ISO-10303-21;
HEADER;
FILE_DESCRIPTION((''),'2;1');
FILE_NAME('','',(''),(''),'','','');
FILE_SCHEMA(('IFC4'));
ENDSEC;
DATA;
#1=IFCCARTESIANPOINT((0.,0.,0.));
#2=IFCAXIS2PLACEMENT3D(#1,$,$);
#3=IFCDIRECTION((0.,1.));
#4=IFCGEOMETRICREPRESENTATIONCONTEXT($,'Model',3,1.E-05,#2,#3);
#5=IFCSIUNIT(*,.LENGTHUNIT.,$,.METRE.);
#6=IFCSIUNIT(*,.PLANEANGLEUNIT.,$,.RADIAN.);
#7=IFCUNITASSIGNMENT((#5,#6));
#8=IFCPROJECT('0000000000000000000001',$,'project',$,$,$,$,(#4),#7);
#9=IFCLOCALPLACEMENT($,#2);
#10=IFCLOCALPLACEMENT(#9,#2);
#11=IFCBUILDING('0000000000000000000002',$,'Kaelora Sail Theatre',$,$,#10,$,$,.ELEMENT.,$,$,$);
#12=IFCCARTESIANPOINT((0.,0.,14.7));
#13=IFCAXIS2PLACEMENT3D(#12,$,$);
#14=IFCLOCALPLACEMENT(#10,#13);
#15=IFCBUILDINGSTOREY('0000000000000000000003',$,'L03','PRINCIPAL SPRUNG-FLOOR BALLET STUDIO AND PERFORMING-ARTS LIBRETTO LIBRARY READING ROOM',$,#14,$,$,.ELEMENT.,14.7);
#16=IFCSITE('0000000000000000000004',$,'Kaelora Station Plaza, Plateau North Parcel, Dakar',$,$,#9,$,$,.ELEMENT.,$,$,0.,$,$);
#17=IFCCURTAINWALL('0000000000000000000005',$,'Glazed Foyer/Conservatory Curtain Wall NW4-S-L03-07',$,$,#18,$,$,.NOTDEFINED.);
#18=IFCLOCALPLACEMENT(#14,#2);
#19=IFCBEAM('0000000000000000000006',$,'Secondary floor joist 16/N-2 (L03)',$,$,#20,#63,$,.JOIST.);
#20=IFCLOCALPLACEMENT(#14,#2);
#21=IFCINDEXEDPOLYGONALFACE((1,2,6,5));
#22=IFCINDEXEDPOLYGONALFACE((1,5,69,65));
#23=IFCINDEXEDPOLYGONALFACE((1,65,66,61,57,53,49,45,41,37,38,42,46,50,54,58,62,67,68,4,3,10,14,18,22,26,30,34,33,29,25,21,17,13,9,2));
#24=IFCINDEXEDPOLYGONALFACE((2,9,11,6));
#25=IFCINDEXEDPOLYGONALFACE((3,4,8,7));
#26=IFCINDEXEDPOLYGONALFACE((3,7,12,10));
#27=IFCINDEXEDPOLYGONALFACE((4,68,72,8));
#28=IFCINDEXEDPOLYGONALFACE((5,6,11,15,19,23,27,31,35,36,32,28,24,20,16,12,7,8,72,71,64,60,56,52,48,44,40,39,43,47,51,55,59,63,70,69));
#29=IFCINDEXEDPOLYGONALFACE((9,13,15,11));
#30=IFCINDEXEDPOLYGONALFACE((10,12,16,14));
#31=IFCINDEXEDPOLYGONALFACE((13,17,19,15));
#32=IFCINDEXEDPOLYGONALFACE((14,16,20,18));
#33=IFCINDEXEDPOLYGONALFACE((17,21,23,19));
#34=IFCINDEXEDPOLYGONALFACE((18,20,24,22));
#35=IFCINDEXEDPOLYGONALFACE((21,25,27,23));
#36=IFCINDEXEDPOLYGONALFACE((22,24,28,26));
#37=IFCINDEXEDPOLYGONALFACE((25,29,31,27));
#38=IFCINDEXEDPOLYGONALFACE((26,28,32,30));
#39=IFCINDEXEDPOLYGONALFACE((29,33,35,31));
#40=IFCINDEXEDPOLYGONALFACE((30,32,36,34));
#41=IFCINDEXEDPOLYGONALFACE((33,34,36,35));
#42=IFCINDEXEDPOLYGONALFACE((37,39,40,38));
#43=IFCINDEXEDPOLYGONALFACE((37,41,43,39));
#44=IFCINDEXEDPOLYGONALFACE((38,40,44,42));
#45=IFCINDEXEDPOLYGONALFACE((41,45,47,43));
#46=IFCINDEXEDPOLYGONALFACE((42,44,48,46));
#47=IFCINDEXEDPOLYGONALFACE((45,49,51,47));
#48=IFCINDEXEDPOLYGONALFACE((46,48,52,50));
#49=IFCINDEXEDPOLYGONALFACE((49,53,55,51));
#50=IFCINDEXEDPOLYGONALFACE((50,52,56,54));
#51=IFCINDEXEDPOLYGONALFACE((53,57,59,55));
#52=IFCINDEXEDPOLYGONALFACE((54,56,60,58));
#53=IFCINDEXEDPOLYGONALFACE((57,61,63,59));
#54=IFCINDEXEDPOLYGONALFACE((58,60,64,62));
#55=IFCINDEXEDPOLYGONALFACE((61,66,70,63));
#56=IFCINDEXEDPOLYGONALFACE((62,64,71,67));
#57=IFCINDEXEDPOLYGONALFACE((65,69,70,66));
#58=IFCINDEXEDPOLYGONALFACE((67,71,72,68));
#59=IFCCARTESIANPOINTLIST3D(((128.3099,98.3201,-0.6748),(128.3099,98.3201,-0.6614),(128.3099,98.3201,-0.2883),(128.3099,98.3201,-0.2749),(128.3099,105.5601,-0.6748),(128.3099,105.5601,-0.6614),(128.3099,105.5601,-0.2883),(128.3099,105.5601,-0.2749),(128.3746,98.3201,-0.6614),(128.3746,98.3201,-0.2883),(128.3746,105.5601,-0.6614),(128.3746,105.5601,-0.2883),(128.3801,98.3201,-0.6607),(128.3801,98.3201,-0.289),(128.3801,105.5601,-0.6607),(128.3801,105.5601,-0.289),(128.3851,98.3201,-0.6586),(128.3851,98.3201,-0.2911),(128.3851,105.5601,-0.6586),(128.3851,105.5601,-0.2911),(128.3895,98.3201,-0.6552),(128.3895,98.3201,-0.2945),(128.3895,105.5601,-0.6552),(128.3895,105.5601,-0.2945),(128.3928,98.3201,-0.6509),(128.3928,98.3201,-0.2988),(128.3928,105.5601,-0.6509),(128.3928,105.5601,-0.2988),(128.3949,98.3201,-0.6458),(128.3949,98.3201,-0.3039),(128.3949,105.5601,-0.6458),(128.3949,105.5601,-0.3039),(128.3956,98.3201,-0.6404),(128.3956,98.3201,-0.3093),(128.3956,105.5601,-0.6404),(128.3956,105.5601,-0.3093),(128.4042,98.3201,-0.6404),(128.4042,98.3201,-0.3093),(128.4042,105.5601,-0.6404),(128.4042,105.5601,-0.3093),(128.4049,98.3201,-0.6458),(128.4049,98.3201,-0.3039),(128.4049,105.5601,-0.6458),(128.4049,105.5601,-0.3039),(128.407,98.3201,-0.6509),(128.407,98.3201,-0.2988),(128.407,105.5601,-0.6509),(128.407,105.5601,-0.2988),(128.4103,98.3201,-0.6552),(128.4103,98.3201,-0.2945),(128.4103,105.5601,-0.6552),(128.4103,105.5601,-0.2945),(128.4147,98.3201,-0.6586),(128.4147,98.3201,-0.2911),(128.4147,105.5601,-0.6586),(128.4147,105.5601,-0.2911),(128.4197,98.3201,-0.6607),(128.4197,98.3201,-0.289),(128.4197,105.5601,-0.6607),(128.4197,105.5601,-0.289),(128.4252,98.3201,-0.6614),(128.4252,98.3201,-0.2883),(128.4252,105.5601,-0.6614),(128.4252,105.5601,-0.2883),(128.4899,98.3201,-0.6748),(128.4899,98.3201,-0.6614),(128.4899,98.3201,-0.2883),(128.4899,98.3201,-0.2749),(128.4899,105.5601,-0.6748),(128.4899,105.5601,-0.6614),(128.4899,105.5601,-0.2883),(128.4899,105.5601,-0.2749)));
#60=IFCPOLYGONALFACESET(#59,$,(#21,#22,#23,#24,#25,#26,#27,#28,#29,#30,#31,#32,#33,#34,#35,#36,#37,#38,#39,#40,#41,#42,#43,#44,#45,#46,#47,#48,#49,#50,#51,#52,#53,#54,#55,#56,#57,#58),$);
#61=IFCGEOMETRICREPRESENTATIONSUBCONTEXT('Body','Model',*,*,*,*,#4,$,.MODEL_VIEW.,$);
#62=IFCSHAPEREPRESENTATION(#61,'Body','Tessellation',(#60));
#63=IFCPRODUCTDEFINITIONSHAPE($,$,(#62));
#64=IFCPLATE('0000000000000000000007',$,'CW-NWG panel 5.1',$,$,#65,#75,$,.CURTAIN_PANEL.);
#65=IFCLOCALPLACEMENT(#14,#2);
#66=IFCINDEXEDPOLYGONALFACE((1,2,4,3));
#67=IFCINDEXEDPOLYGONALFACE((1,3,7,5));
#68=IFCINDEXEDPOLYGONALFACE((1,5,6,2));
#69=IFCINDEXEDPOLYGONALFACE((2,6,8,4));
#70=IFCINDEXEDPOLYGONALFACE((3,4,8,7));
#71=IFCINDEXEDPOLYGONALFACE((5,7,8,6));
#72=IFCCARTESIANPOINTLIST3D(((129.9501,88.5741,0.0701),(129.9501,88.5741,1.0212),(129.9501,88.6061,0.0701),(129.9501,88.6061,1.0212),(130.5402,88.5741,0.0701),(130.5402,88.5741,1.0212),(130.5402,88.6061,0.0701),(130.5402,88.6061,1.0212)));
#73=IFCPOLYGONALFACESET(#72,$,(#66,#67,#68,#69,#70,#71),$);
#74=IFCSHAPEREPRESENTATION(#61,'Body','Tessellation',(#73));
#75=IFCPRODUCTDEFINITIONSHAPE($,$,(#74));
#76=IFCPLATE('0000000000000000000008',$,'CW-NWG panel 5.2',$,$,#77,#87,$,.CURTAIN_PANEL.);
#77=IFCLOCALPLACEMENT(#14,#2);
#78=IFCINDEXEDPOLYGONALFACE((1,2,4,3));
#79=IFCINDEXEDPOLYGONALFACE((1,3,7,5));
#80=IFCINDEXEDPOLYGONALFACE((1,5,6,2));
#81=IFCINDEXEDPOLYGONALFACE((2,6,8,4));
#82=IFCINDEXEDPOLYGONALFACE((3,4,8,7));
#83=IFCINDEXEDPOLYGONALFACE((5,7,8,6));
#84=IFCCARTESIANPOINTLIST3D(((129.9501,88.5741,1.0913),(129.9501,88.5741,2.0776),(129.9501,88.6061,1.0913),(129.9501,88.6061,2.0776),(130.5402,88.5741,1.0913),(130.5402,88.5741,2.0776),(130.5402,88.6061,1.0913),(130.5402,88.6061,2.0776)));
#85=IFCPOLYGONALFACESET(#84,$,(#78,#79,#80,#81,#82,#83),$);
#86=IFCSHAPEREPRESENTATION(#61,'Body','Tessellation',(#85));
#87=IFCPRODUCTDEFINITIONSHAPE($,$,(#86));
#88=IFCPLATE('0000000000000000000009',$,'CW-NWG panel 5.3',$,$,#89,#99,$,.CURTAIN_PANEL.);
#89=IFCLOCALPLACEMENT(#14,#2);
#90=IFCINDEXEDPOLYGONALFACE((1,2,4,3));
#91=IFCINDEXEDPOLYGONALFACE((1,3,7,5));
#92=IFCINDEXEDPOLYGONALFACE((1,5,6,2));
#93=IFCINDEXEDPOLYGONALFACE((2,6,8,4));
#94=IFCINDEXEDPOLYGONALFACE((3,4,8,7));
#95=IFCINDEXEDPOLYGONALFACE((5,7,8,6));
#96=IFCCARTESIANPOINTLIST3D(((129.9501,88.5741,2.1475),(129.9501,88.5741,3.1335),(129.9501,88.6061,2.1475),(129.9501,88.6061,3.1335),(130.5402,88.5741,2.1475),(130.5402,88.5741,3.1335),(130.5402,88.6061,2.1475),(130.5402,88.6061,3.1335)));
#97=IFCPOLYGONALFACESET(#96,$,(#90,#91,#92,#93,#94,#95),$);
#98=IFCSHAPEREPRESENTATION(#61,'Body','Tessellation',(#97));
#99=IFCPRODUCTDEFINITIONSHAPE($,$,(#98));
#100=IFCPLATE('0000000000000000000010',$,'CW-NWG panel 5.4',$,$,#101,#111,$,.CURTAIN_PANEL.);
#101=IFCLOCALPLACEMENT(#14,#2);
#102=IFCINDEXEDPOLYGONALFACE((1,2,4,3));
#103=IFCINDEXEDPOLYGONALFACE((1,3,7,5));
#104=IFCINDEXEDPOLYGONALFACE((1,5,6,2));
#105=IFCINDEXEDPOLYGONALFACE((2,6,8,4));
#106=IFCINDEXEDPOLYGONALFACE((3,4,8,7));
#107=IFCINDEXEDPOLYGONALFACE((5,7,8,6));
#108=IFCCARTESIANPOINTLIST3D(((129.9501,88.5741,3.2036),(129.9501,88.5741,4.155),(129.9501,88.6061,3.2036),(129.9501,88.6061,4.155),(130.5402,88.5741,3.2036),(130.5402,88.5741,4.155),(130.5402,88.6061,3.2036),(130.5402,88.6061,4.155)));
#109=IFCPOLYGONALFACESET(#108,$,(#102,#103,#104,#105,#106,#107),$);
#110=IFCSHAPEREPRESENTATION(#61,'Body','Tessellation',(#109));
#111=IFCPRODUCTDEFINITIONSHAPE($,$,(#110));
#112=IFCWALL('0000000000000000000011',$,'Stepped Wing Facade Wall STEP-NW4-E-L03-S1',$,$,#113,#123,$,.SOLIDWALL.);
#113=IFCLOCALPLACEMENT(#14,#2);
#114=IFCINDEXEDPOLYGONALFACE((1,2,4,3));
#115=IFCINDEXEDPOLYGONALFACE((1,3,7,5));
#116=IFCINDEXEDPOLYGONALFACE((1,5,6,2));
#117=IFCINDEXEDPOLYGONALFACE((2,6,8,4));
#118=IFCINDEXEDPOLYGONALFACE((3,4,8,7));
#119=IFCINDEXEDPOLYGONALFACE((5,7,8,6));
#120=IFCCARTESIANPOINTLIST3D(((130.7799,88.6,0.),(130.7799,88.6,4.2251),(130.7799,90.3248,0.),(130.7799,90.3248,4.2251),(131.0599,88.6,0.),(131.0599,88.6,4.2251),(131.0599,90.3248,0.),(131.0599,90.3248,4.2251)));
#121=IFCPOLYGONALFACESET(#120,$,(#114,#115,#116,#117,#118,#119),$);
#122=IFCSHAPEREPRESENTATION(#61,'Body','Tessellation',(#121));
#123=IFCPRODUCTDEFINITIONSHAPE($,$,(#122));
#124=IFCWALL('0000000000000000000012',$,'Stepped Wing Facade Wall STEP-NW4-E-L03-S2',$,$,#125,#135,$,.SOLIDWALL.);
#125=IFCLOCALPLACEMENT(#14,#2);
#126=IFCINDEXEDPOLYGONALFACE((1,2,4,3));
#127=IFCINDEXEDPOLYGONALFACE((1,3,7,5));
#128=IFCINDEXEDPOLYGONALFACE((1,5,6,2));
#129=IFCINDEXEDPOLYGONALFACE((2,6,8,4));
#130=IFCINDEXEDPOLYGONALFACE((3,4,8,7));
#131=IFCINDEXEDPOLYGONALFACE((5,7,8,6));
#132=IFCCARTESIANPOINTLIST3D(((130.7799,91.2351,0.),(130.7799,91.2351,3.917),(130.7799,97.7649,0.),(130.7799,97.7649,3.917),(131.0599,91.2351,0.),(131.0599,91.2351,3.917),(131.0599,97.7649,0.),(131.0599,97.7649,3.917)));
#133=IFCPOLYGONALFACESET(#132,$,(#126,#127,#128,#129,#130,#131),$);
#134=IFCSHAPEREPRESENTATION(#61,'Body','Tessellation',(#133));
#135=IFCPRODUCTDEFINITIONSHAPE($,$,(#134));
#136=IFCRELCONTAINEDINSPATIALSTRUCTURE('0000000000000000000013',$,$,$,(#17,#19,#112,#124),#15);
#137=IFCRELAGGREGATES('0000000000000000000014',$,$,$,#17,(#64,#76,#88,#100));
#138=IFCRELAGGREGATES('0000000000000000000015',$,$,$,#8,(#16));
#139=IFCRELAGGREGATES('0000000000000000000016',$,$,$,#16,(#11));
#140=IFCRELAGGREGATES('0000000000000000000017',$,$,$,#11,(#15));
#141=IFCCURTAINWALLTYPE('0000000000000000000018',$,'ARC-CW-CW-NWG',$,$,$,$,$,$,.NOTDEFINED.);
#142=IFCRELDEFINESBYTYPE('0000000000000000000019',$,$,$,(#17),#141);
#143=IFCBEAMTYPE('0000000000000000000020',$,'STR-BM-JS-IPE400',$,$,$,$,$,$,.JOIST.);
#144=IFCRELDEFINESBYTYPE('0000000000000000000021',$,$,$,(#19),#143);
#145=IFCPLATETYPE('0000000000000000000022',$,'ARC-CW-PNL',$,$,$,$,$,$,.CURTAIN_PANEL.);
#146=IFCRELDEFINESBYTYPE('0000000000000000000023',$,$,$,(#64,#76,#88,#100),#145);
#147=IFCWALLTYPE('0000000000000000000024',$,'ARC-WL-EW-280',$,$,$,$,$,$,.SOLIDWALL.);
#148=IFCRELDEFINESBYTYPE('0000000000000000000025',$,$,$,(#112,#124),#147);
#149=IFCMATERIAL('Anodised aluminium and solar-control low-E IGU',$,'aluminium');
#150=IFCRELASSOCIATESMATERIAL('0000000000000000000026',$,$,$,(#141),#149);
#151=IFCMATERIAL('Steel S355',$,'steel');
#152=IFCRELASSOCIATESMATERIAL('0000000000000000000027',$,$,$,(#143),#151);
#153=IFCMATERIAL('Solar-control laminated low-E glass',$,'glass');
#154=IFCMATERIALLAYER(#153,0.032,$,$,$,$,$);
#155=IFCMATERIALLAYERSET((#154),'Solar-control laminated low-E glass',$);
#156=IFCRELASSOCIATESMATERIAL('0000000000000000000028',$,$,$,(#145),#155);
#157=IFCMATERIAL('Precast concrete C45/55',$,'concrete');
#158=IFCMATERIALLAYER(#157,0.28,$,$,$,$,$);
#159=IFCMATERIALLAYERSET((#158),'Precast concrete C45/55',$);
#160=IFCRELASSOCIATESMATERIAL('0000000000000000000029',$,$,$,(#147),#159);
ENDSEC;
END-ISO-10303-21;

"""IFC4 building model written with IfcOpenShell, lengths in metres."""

from ifc_helpers import new_model, si_unit, direction, frame, frame_2d, origin, origin_2d, place, context, subcontext, project, spatial, rectangle, i_section, extrude, material, layer, layer_set, material_profile, profile_set, type_object, element, aggregate, save


model = new_model("IFC4")

# Units and contexts
model_context = context("Model", 3, precision=1e-05, world=origin(), true_north=direction((0.0, 1.0)))
body_context = subcontext(model_context, "Body", "Model", "MODEL_VIEW")
ifc_project = project(units=[si_unit("LENGTHUNIT", "METRE"), si_unit("PLANEANGLEUNIT", "RADIAN")], contexts=[model_context])

# Site, building, storey
site_placement = place(None, origin())
site = spatial("IfcSite", under=ifc_project, at=site_placement, Name="Kaelora Station Plaza, Plateau North Parcel, Dakar", CompositionType="ELEMENT", RefElevation=0.0)
building_placement = place(site_placement, origin())
building = spatial("IfcBuilding", under=site, at=building_placement, Name="Kaelora Sail Theatre", CompositionType="ELEMENT")
storey_placement = place(building_placement, frame((0.0, 0.0, 14.7)))
storey = spatial("IfcBuildingStorey", under=building, at=storey_placement, Name="L03", Description="PRINCIPAL SPRUNG-FLOOR BALLET STUDIO AND PERFORMING-ARTS LIBRETTO LIBRARY READING ROOM", CompositionType="ELEMENT", Elevation=14.7)

# Curtain wall
ifc_material_1 = material(Name="Anodised aluminium and solar-control low-E IGU", Category="aluminium")
curtain_wall_type = type_object("IfcCurtainWallType", Name="ARC-CW-CW-NWG", PredefinedType="NOTDEFINED", material=ifc_material_1)
curtain_wall_placement = place(storey_placement, origin())
curtain_wall = element("IfcCurtainWall", 1, at=curtain_wall_placement, inside=storey, type_object=curtain_wall_type, Name="Glazed Foyer/Conservatory Curtain Wall NW4-S-L03-07", PredefinedType="NOTDEFINED")

# Beam
ifc_material_2 = material(Name="Steel S355", Category="steel")
ifc_material_profile_1 = material_profile(ifc_material_2, i_section(OverallWidth=0.1799, OverallDepth=0.3999, WebThickness=0.0085, FlangeThickness=0.0134, FilletRadius=0.021, at=origin_2d()), Name="IPE 400")
ifc_profile_set_1 = profile_set([ifc_material_profile_1], Name="Steel S355")
beam_type_1 = type_object("IfcBeamType", Name="STR-BM-JS-IPE400", PredefinedType="JOIST", material=ifc_profile_set_1)
beam_1_placement = place(storey_placement, frame((128.3999, 98.3201, -0.4749), z_axis=(0.0, 1.0, 0.0), x_axis=(-1.0, 0.0, 0.0)))
element("IfcBeam", 2, at=beam_1_placement, inside=storey, type_object=beam_type_1, Name="Secondary floor joist 16/N-2 (L03)", PredefinedType="JOIST", context=body_context, shape_type="SweptSolid", body=[
    extrude(i_section(OverallWidth=0.1799, OverallDepth=0.3999, WebThickness=0.0085, FlangeThickness=0.0134, FilletRadius=0.021, at=origin_2d()), origin(), (0.0, 0.0, 1.0), 7.24),
])

# Plates
ifc_material_3 = material(Name="Solar-control laminated low-E glass", Category="glass")
ifc_layer_1 = layer(ifc_material_3, 0.032)
ifc_layer_set_1 = layer_set([ifc_layer_1], Name="Solar-control laminated low-E glass")
plate_type = type_object("IfcPlateType", Name="ARC-CW-PNL", PredefinedType="CURTAIN_PANEL", material=ifc_layer_set_1)
plate_1_placement = place(storey_placement, frame((130.2451, 88.5901, 0.0701), z_axis=(0.0, 0.0, 1.0), x_axis=(1.0, 0.0, 0.0)))
plate_1 = element("IfcPlate", 3, at=plate_1_placement, type_object=plate_type, Name="CW-NWG panel 5.1", PredefinedType="CURTAIN_PANEL", context=body_context, shape_type="SweptSolid", body=[
    extrude(rectangle(XDim=0.5901, YDim=0.032, at=origin_2d()), origin(), (0.0, 0.0, 1.0), 0.9512),
])
plate_2_placement = place(storey_placement, frame((130.2451, 88.5901, 1.0913), z_axis=(0.0, 0.0, 1.0), x_axis=(1.0, 0.0, 0.0)))
plate_2 = element("IfcPlate", 4, at=plate_2_placement, type_object=plate_type, Name="CW-NWG panel 5.2", PredefinedType="CURTAIN_PANEL", context=body_context, shape_type="SweptSolid", body=[
    extrude(rectangle(XDim=0.5901, YDim=0.032, at=origin_2d()), origin(), (0.0, 0.0, 1.0), 0.9863),
])
plate_3_placement = place(storey_placement, frame((130.2451, 88.5901, 2.1475), z_axis=(0.0, 0.0, 1.0), x_axis=(1.0, 0.0, 0.0)))
plate_3 = element("IfcPlate", 5, at=plate_3_placement, type_object=plate_type, Name="CW-NWG panel 5.3", PredefinedType="CURTAIN_PANEL", context=body_context, shape_type="SweptSolid", body=[
    extrude(rectangle(XDim=0.5901, YDim=0.032, at=origin_2d()), origin(), (0.0, 0.0, 1.0), 0.9861),
])
plate_4_placement = place(storey_placement, frame((130.2451, 88.5901, 3.2036), z_axis=(0.0, 0.0, 1.0), x_axis=(1.0, 0.0, 0.0)))
plate_4 = element("IfcPlate", 6, at=plate_4_placement, type_object=plate_type, Name="CW-NWG panel 5.4", PredefinedType="CURTAIN_PANEL", context=body_context, shape_type="SweptSolid", body=[
    extrude(rectangle(XDim=0.5901, YDim=0.032, at=origin_2d()), origin(), (0.0, 0.0, 1.0), 0.9514),
])
aggregate(curtain_wall, [plate_1, plate_2, plate_3, plate_4])

# Walls
ifc_material_4 = material(Name="Precast concrete C45/55", Category="concrete")
ifc_layer_2 = layer(ifc_material_4, 0.28)
ifc_layer_set_2 = layer_set([ifc_layer_2], Name="Precast concrete C45/55")
wall_type = type_object("IfcWallType", Name="ARC-WL-EW-280", PredefinedType="SOLIDWALL", material=ifc_layer_set_2)
wall_1_placement = place(storey_placement, frame((130.9199, 88.6001, 0.0), z_axis=(0.0, 0.0, 1.0), x_axis=(0.0, 1.0, 0.0)))
element("IfcWall", 7, at=wall_1_placement, inside=storey, type_object=wall_type, Name="Stepped Wing Facade Wall STEP-NW4-E-L03-S1", PredefinedType="SOLIDWALL", context=body_context, shape_type="SweptSolid", body=[
    extrude(rectangle(XDim=1.7249, YDim=0.28, at=frame_2d((0.8623, 0.0))), origin(), (0.0, 0.0, 1.0), 4.2251),
])
wall_2_placement = place(storey_placement, frame((130.9199, 91.2351, 0.0), z_axis=(0.0, 0.0, 1.0), x_axis=(0.0, 1.0, 0.0)))
element("IfcWall", 8, at=wall_2_placement, inside=storey, type_object=wall_type, Name="Stepped Wing Facade Wall STEP-NW4-E-L03-S2", PredefinedType="SOLIDWALL", context=body_context, shape_type="SweptSolid", body=[
    extrude(rectangle(XDim=6.5298, YDim=0.28, at=frame_2d((3.2649, 0.0))), origin(), (0.0, 0.0, 1.0), 3.917),
])

save(model, "model.ifc")
